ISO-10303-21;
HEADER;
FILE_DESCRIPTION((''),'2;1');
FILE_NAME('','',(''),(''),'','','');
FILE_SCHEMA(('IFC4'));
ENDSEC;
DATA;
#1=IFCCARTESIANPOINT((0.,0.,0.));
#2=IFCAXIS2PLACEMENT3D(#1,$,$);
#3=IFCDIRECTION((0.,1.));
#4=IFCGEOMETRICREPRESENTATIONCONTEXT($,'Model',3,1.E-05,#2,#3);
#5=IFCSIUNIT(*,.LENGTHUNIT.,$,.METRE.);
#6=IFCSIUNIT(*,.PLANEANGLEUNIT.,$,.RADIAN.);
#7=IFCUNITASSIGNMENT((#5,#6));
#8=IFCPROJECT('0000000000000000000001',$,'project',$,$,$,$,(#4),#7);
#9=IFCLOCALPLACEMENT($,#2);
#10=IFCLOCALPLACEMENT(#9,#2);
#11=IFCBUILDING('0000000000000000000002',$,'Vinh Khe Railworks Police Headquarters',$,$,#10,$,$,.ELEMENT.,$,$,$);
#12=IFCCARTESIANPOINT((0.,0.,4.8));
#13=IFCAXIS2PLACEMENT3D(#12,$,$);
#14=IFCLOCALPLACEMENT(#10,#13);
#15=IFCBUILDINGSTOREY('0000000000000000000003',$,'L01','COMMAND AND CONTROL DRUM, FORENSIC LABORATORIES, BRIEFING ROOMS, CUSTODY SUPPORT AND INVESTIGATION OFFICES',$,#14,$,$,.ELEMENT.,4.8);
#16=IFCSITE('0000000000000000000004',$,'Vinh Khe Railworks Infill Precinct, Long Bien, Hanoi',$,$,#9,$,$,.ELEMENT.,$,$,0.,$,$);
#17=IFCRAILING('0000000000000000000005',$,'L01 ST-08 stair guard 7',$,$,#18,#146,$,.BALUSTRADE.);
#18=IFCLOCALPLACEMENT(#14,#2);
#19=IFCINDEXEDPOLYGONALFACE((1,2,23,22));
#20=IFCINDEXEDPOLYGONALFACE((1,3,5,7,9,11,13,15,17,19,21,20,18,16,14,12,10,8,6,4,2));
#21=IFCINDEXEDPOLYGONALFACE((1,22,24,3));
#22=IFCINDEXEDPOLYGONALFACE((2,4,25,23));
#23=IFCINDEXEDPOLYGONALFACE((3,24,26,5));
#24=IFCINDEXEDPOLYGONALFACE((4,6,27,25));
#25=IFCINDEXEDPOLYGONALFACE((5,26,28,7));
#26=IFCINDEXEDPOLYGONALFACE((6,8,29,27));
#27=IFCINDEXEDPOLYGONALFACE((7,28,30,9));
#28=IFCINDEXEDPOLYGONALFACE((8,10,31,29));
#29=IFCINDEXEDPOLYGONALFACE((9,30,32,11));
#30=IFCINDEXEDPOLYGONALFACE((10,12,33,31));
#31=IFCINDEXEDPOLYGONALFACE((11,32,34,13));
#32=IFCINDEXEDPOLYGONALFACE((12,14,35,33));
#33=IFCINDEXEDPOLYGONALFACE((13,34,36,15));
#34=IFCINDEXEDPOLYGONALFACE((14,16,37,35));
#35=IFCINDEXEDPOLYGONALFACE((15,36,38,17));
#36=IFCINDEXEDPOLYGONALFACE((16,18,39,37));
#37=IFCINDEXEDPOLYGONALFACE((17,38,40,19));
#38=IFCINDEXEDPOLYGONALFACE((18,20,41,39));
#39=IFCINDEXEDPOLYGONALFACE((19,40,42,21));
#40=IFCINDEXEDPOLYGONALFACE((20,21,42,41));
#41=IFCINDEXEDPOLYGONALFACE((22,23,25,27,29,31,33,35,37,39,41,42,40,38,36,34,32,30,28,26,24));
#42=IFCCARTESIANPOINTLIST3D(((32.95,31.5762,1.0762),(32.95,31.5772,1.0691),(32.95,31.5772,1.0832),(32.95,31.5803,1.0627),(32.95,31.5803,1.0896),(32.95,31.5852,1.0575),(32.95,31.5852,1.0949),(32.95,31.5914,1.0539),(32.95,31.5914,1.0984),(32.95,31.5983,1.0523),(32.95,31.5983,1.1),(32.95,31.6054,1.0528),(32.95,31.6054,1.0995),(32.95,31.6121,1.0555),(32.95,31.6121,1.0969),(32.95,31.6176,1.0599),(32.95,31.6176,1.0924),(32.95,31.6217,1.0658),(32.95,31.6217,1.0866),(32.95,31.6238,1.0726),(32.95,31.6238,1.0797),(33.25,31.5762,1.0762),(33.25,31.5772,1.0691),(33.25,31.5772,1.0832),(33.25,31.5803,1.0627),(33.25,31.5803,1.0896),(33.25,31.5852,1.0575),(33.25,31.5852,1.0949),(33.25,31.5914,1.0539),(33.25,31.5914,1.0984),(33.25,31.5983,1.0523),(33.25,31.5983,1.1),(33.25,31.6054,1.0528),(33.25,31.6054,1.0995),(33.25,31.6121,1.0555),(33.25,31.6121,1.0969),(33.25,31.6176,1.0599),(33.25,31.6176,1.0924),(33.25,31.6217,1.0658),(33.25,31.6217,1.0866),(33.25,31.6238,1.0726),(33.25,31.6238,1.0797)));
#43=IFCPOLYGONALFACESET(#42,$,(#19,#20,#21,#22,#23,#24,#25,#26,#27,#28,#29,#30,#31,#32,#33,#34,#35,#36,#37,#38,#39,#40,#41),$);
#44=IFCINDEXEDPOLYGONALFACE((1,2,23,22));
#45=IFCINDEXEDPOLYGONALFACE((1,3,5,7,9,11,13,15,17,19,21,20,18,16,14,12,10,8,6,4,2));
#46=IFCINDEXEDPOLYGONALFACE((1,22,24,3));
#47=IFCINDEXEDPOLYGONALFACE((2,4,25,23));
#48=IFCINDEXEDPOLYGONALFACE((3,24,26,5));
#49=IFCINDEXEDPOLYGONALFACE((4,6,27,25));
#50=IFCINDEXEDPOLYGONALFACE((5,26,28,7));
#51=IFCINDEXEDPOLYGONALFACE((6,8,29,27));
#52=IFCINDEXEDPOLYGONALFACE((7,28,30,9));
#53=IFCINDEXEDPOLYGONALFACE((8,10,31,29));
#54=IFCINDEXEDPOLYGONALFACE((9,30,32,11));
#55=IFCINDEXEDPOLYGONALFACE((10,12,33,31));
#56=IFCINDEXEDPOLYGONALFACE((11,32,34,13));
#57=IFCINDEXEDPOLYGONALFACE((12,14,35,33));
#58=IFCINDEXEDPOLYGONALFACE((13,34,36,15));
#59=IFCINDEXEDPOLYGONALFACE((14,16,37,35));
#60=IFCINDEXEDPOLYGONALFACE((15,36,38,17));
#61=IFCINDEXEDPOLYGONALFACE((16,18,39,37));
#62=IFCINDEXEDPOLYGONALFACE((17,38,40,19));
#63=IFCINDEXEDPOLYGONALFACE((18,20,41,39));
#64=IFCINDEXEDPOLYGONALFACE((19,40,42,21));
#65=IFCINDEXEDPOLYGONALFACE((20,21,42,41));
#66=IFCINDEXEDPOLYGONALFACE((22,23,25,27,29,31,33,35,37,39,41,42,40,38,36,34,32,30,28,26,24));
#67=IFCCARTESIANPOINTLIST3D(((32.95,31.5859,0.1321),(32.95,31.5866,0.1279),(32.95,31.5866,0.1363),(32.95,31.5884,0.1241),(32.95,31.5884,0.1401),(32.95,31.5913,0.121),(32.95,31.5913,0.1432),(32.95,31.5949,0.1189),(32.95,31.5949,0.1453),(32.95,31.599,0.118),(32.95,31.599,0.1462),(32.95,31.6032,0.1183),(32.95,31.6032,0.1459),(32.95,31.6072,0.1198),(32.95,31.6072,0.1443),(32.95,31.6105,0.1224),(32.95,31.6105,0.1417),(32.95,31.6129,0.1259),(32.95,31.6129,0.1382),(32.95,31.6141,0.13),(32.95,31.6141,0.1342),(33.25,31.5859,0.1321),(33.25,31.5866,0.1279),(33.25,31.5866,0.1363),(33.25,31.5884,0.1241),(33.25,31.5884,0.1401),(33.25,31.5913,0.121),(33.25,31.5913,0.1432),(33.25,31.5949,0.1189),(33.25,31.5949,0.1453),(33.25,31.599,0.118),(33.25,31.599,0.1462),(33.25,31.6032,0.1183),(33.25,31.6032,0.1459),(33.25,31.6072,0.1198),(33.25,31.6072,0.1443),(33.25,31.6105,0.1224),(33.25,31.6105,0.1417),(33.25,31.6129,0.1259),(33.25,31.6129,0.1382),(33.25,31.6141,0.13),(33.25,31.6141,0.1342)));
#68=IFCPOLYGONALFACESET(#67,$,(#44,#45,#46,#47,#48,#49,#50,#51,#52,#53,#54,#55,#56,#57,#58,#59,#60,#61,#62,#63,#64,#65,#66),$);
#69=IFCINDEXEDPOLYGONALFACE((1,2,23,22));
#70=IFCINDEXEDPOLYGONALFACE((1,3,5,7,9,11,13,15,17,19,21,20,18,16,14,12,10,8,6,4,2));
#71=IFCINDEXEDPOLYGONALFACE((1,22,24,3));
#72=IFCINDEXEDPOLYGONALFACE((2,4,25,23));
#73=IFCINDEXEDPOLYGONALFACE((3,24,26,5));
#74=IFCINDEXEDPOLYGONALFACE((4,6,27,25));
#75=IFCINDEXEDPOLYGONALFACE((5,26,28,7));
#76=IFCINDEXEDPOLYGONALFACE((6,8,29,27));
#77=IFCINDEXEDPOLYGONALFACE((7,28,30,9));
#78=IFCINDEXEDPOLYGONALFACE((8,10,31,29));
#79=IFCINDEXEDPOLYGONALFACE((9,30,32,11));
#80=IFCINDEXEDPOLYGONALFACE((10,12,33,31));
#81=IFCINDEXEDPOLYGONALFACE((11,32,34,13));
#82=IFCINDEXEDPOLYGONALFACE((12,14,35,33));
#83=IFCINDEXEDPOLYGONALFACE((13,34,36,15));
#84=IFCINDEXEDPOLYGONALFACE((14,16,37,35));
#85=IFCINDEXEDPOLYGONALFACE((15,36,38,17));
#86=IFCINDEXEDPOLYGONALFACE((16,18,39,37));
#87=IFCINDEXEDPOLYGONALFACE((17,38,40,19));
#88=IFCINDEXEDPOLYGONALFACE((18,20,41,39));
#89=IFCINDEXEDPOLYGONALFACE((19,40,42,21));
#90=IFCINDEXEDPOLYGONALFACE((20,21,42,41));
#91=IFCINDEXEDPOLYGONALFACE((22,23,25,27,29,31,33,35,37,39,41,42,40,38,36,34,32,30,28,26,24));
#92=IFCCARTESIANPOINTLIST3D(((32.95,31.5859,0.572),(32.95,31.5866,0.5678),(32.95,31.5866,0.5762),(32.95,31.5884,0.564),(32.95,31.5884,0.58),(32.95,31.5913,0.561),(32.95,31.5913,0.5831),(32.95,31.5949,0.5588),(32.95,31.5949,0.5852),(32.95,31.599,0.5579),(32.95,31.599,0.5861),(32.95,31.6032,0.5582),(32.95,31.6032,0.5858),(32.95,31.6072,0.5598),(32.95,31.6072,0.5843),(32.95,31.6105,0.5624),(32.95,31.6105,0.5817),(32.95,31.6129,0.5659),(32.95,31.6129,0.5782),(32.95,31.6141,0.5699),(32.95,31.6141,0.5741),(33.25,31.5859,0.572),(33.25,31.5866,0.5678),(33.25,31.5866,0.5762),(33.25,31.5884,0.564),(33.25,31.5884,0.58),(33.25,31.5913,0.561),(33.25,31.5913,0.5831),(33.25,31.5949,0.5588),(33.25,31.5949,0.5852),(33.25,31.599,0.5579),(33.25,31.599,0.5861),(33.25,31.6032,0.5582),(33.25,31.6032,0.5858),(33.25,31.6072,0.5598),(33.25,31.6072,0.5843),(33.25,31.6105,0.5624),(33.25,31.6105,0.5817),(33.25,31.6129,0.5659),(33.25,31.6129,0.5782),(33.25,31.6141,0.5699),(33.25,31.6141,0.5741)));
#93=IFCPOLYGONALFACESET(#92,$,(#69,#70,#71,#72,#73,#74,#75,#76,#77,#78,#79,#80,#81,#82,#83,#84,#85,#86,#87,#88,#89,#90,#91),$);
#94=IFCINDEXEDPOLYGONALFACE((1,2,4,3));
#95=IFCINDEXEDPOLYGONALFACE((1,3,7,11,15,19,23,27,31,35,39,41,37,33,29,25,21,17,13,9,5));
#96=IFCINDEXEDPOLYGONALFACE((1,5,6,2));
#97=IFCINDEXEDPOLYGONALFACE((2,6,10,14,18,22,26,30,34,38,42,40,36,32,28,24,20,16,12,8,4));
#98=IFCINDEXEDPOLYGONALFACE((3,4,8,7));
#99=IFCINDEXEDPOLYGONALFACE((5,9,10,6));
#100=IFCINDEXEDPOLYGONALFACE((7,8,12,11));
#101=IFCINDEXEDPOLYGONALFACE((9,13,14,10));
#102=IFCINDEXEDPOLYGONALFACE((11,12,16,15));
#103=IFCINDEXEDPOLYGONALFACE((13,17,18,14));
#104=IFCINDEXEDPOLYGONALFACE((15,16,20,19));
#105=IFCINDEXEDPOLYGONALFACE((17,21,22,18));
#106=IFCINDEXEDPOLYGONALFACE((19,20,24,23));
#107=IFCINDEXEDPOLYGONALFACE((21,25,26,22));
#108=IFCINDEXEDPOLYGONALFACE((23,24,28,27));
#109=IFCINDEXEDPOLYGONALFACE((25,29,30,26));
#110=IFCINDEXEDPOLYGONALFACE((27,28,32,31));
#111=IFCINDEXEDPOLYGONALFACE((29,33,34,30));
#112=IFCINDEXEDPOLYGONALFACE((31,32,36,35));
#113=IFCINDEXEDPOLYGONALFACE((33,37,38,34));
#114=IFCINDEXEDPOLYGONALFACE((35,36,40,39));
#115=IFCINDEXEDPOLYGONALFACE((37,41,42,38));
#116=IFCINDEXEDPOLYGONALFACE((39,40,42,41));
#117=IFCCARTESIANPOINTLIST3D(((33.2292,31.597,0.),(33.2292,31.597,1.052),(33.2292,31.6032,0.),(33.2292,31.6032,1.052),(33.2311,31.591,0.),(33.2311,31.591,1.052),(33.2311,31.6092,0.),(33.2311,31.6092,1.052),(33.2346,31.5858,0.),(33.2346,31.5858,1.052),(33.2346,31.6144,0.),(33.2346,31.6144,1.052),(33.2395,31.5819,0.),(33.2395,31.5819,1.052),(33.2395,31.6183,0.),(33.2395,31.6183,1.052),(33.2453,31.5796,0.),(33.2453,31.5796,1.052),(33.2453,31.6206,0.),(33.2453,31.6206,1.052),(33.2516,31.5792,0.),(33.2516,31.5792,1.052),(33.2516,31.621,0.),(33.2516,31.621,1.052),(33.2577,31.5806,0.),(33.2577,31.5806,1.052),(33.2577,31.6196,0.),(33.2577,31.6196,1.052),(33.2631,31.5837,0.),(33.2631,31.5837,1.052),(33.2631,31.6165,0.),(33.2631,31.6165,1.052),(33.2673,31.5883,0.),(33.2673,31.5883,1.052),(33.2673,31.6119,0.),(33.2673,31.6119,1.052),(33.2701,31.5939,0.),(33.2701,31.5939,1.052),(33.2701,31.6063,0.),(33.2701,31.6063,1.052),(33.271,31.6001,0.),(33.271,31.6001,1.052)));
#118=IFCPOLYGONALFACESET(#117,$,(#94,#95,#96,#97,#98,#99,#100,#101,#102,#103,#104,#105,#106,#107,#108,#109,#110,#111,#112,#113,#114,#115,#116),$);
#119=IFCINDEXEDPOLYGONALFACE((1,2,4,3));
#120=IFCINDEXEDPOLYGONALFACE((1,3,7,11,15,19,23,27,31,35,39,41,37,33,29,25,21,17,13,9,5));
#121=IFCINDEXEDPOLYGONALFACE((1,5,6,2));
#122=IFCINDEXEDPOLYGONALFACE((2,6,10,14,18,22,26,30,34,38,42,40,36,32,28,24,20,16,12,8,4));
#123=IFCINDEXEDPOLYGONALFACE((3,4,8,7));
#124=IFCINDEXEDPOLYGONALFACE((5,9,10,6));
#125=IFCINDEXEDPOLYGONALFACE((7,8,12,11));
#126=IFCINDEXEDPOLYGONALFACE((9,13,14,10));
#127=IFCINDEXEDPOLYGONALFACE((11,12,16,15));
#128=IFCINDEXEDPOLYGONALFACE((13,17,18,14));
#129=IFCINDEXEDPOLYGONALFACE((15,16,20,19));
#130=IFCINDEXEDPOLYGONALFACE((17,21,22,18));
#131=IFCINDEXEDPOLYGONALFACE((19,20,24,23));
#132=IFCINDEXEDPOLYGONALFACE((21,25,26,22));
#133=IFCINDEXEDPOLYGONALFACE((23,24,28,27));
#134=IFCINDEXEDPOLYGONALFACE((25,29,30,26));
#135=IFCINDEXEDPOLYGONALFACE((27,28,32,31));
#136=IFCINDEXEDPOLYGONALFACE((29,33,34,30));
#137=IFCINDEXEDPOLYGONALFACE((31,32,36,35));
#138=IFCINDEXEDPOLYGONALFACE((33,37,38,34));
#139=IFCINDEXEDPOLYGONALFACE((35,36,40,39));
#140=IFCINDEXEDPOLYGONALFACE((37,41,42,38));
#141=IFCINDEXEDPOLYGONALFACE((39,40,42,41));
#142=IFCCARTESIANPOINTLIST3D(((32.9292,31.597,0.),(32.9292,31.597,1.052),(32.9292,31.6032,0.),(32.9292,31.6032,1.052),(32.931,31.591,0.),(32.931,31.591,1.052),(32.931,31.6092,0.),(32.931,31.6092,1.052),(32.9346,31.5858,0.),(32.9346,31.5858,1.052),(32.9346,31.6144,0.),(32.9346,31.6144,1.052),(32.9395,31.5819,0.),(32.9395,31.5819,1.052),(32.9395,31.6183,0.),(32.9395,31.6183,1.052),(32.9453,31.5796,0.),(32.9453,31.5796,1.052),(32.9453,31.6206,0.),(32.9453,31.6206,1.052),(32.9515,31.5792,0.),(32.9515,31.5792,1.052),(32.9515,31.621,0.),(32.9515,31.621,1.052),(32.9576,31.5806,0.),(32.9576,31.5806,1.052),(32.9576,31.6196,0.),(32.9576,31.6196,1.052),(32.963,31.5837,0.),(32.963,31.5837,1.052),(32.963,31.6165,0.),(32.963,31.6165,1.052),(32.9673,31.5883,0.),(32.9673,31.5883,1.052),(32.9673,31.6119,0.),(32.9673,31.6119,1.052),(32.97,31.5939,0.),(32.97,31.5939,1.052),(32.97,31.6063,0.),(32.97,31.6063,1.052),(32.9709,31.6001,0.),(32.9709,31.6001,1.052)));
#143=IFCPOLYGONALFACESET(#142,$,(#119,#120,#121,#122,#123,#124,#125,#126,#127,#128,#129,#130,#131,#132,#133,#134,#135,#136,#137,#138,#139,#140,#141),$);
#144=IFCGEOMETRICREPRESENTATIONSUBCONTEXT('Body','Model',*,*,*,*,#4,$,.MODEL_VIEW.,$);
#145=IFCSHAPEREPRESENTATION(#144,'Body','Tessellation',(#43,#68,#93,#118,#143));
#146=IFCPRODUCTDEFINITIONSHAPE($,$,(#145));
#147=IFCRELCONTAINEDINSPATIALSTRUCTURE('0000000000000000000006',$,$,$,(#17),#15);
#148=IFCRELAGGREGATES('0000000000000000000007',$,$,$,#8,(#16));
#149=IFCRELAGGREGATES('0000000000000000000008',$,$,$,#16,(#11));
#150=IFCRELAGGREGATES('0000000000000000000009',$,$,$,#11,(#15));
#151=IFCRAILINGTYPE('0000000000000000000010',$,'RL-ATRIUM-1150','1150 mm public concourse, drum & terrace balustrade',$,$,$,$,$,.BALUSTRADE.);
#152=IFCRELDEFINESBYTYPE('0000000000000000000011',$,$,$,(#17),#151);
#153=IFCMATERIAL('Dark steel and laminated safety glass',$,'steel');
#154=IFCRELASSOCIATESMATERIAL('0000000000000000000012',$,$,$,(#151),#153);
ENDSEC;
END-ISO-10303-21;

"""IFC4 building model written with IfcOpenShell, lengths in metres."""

from ifc_helpers import new_model, si_unit, direction, frame, origin, origin_2d, place, context, subcontext, project, spatial, circle, extrude, material, type_object, element, save


model = new_model("IFC4")

# Units and contexts
model_context = context("Model", 3, precision=1e-05, world=origin(), true_north=direction((0.0, 1.0)))
body_context = subcontext(model_context, "Body", "Model", "MODEL_VIEW")
ifc_project = project(units=[si_unit("LENGTHUNIT", "METRE"), si_unit("PLANEANGLEUNIT", "RADIAN")], contexts=[model_context])

# Site, building, storey
site_placement = place(None, origin())
site = spatial("IfcSite", under=ifc_project, at=site_placement, Name="Vinh Khe Railworks Infill Precinct, Long Bien, Hanoi", CompositionType="ELEMENT", RefElevation=0.0)
building_placement = place(site_placement, origin())
building = spatial("IfcBuilding", under=site, at=building_placement, Name="Vinh Khe Railworks Police Headquarters", CompositionType="ELEMENT")
storey_placement = place(building_placement, frame((0.0, 0.0, 4.8)))
storey = spatial("IfcBuildingStorey", under=building, at=storey_placement, Name="L01", Description="COMMAND AND CONTROL DRUM, FORENSIC LABORATORIES, BRIEFING ROOMS, CUSTODY SUPPORT AND INVESTIGATION OFFICES", CompositionType="ELEMENT", Elevation=4.8)

# Railing
ifc_material_1 = material(Name="Dark steel and laminated safety glass", Category="steel")
railing_type = type_object("IfcRailingType", Name="RL-ATRIUM-1150", Description="1150 mm public concourse, drum & terrace balustrade", PredefinedType="BALUSTRADE", material=ifc_material_1)
railing_1_placement = place(storey_placement, frame((33.25, 31.6001, 0.0)))
element("IfcRailing", 1, at=railing_1_placement, inside=storey, type_object=railing_type, Name="L01 ST-08 stair guard 7", PredefinedType="BALUSTRADE", context=body_context, shape_type="SweptSolid", body=[
    extrude(circle(Radius=0.0239, at=origin_2d()), frame((0.0, 0.0, 1.0762), z_axis=(-1.0, 0.0, 0.0), x_axis=(0.0, -1.0, 0.0)), (0.0, 0.0, 1.0), 0.3),
    extrude(circle(Radius=0.0142, at=origin_2d()), frame((0.0, 0.0, 0.1321), z_axis=(-1.0, 0.0, 0.0), x_axis=(0.0, -1.0, 0.0)), (0.0, 0.0, 1.0), 0.3),
    extrude(circle(Radius=0.0142, at=origin_2d()), frame((0.0, 0.0, 0.572), z_axis=(-1.0, 0.0, 0.0), x_axis=(0.0, -1.0, 0.0)), (0.0, 0.0, 1.0), 0.3),
    extrude(circle(Radius=0.021, at=origin_2d()), origin(), (0.0, 0.0, 1.0), 1.052),
    extrude(circle(Radius=0.021, at=origin_2d()), frame((-0.3, 0.0, 0.0)), (0.0, 0.0, 1.0), 1.052),
])

save(model, "model.ifc")
